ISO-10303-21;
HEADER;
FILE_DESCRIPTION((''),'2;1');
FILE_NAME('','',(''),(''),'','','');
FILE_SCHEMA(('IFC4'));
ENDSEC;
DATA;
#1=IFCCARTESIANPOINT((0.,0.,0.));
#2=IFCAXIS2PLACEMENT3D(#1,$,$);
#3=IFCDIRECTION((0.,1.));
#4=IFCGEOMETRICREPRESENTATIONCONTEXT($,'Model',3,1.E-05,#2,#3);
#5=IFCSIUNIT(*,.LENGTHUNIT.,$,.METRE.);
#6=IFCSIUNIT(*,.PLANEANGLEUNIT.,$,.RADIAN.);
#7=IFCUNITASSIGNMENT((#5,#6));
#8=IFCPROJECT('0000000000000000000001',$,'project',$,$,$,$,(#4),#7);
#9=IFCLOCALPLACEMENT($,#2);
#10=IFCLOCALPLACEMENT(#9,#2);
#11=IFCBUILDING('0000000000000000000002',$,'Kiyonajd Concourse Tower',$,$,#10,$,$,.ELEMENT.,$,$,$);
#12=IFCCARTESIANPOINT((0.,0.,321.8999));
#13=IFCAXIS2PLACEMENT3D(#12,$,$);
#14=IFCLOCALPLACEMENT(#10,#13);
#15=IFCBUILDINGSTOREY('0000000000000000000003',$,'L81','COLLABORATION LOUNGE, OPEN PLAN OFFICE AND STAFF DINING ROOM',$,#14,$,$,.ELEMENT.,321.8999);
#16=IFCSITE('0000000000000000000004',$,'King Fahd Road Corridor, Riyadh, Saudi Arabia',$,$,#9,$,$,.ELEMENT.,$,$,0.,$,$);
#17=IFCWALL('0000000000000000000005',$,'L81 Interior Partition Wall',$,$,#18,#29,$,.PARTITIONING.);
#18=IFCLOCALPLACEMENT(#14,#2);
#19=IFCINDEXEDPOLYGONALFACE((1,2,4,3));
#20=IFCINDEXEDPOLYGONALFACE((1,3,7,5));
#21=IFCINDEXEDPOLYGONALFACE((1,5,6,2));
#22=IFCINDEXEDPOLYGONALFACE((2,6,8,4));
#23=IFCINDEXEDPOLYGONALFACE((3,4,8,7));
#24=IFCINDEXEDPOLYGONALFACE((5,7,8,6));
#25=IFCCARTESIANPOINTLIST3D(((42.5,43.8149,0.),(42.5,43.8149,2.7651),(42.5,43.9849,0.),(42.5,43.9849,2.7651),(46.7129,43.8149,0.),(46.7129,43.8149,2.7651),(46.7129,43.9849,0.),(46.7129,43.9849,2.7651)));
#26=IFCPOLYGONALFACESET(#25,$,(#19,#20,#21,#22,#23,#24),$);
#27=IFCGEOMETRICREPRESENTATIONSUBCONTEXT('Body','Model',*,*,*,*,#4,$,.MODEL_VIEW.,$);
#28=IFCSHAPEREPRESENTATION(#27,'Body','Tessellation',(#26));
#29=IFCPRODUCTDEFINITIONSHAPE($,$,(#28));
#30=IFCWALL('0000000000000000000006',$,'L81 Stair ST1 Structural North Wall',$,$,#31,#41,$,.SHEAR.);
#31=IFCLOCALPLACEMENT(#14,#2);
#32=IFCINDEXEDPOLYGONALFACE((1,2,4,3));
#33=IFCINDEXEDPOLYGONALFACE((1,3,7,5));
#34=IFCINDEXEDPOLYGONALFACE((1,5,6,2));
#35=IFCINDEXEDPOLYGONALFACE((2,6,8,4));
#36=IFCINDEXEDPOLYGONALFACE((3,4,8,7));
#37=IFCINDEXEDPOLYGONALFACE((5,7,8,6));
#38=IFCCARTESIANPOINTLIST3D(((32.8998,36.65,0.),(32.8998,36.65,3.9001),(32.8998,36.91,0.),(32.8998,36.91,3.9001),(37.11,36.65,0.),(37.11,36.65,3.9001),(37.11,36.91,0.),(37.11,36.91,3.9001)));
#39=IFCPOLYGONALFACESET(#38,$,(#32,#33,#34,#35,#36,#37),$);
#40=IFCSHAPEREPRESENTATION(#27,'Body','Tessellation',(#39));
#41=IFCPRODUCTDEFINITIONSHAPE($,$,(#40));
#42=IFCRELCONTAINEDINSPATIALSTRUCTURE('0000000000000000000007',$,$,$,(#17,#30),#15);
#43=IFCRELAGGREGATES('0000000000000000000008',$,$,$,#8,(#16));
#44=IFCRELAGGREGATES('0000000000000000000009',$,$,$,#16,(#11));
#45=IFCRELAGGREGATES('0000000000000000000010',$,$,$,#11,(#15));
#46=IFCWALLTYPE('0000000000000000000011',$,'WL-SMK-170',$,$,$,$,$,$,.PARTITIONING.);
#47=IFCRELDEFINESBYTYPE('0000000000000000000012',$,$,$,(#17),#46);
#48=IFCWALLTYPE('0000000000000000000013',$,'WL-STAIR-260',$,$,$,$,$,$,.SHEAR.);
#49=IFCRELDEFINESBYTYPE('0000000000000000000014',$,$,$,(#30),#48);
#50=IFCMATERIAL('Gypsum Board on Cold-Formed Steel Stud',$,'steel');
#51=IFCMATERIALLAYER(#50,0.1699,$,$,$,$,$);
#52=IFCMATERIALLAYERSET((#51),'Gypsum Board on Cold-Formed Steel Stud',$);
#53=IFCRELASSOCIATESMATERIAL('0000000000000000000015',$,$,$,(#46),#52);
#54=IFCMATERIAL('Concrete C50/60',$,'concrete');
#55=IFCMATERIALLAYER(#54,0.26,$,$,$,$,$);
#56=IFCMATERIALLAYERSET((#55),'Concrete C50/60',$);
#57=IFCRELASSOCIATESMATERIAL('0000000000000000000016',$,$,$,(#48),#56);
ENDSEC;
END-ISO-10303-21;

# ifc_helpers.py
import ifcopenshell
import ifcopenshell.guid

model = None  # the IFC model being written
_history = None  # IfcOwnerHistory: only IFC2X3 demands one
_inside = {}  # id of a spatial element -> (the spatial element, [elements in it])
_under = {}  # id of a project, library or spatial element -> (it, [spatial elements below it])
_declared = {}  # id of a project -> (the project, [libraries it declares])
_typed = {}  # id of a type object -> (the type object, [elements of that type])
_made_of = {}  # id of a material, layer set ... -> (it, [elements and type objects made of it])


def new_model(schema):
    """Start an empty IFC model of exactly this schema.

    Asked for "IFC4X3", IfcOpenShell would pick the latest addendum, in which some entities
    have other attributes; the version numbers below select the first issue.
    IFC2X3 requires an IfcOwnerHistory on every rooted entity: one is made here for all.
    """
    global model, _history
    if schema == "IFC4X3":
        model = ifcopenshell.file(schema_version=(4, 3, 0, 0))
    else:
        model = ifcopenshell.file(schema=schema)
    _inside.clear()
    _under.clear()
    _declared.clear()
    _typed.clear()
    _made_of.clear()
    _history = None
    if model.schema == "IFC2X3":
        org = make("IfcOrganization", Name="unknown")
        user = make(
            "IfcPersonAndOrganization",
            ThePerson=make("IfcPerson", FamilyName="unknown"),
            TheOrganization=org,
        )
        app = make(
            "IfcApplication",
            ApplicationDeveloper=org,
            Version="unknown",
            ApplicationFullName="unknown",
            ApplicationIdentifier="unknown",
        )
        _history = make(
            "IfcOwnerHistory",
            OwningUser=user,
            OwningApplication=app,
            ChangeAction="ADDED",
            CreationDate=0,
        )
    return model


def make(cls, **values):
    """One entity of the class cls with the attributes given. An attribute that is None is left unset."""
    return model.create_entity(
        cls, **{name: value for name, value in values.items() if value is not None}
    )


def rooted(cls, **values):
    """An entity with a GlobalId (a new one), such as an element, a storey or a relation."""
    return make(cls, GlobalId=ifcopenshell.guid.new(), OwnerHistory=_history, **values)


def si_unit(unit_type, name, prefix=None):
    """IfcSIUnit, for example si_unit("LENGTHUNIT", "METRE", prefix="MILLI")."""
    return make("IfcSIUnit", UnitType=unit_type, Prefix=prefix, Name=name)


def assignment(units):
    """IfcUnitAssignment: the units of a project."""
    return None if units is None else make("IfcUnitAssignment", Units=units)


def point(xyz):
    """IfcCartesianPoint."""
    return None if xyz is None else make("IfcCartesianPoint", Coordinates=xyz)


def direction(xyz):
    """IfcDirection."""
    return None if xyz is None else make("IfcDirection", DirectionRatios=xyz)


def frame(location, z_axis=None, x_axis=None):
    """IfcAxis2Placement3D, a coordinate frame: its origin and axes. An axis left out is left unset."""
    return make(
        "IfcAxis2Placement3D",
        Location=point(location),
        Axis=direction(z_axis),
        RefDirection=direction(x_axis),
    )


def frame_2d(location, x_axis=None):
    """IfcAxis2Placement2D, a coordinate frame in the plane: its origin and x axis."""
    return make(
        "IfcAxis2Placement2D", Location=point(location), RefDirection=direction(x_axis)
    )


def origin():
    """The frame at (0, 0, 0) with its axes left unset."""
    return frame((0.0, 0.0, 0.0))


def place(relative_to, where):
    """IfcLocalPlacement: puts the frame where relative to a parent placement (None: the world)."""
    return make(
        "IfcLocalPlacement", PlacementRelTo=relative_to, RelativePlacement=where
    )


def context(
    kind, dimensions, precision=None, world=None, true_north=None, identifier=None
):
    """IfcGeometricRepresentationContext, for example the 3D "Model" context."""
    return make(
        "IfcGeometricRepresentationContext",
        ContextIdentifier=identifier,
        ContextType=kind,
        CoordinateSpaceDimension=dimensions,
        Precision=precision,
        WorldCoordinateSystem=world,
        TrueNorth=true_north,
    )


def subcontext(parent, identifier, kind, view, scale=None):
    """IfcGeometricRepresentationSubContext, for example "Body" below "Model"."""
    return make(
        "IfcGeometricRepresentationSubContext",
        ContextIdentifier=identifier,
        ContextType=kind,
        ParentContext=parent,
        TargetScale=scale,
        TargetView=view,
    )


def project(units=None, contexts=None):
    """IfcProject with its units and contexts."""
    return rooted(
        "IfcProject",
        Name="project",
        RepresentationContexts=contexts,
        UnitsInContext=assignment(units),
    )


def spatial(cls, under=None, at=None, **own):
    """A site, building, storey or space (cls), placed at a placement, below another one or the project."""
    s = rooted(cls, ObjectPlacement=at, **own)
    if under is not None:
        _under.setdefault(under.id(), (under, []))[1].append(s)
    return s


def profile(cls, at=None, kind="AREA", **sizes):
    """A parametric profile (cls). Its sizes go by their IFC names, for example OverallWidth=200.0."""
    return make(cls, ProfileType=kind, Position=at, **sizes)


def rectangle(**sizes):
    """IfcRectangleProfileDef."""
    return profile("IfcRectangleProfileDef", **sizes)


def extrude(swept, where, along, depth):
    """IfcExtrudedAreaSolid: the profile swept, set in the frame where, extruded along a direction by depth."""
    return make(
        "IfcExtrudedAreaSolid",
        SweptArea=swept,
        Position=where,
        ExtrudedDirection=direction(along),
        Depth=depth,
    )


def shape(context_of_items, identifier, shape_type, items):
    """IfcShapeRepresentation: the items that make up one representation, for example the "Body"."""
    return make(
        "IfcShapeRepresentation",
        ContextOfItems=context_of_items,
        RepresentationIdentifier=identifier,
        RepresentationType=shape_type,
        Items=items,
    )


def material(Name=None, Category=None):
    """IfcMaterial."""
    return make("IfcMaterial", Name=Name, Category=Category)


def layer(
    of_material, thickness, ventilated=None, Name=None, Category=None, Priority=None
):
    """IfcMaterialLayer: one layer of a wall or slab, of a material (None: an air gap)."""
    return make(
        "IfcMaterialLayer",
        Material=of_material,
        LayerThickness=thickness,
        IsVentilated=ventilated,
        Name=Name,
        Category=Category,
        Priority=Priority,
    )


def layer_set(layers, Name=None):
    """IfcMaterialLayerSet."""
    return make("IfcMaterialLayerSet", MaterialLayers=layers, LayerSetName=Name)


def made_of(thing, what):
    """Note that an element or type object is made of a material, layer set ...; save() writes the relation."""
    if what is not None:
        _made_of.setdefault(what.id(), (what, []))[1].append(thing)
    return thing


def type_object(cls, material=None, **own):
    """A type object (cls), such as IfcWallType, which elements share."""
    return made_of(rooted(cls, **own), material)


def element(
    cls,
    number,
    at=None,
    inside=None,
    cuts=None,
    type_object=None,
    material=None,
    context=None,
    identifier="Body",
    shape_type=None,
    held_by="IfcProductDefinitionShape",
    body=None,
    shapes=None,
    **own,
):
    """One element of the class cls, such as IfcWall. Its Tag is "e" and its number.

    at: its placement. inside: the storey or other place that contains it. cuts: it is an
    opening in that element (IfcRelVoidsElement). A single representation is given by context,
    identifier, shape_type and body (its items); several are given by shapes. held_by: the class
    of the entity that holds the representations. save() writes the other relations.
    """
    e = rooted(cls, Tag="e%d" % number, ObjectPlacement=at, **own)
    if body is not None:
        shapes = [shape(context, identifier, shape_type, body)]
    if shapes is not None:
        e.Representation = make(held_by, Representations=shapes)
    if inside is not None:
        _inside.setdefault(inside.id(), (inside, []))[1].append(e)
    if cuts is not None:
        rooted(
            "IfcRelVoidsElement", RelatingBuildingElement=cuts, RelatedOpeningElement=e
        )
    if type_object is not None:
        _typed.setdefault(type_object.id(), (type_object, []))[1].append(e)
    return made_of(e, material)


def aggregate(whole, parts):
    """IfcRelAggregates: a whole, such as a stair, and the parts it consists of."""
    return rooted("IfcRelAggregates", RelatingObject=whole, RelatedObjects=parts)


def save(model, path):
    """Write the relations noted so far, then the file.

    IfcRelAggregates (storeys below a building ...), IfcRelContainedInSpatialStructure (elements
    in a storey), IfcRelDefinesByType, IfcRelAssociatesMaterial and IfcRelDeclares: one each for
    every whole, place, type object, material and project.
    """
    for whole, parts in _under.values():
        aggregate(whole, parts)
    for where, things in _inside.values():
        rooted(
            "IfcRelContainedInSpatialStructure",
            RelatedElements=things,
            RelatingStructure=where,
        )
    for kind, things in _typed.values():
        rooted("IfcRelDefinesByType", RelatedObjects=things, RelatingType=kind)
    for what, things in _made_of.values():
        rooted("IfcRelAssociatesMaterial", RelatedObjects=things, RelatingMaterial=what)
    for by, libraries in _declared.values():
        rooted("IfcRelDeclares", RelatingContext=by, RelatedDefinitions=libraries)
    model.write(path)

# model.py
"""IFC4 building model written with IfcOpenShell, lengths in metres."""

from ifc_helpers import new_model, si_unit, direction, frame, frame_2d, origin, place, context, subcontext, project, spatial, rectangle, extrude, material, layer, layer_set, type_object, element, save


model = new_model("IFC4")

# Units and contexts
model_context = context("Model", 3, precision=1e-05, world=origin(), true_north=direction((0.0, 1.0)))
body_context = subcontext(model_context, "Body", "Model", "MODEL_VIEW")
ifc_project = project(units=[si_unit("LENGTHUNIT", "METRE"), si_unit("PLANEANGLEUNIT", "RADIAN")], contexts=[model_context])

# Site, building, storey
site_placement = place(None, origin())
site = spatial("IfcSite", under=ifc_project, at=site_placement, Name="King Fahd Road Corridor, Riyadh, Saudi Arabia", CompositionType="ELEMENT", RefElevation=0.0)
building_placement = place(site_placement, origin())
building = spatial("IfcBuilding", under=site, at=building_placement, Name="Kiyonajd Concourse Tower", CompositionType="ELEMENT")
storey_placement = place(building_placement, frame((0.0, 0.0, 321.8999)))
storey = spatial("IfcBuildingStorey", under=building, at=storey_placement, Name="L81", Description="COLLABORATION LOUNGE, OPEN PLAN OFFICE AND STAFF DINING ROOM", CompositionType="ELEMENT", Elevation=321.8999)

# Shared definitions
ifc_material_1 = material(Name="Gypsum Board on Cold-Formed Steel Stud", Category="steel")

# Shared definitions
ifc_layer_1 = layer(ifc_material_1, 0.1699)
ifc_layer_set_1 = layer_set([ifc_layer_1], Name="Gypsum Board on Cold-Formed Steel Stud")
wall_type_1 = type_object("IfcWallType", Name="WL-SMK-170", PredefinedType="PARTITIONING", material=ifc_layer_set_1)

# Walls
wall_1_placement = place(storey_placement, frame((42.5, 43.8999, 0.0), z_axis=(0.0, 0.0, 1.0), x_axis=(1.0, 0.0, 0.0)))
element("IfcWall", 1, at=wall_1_placement, inside=storey, type_object=wall_type_1, Name="L81 Interior Partition Wall", PredefinedType="PARTITIONING", context=body_context, shape_type="SweptSolid", body=[
    extrude(rectangle(XDim=4.2129, YDim=0.1699, at=frame_2d((2.1064, 0.0))), origin(), (0.0, 0.0, 1.0), 2.7651),
])
ifc_material_2 = material(Name="Concrete C50/60", Category="concrete")
ifc_layer_2 = layer(ifc_material_2, 0.26)
ifc_layer_set_2 = layer_set([ifc_layer_2], Name="Concrete C50/60")
wall_type_2 = type_object("IfcWallType", Name="WL-STAIR-260", PredefinedType="SHEAR", material=ifc_layer_set_2)
wall_2_placement = place(storey_placement, frame((32.8999, 36.78, 0.0), z_axis=(0.0, 0.0, 1.0), x_axis=(1.0, 0.0, 0.0)))
element("IfcWall", 2, at=wall_2_placement, inside=storey, type_object=wall_type_2, Name="L81 Stair ST1 Structural North Wall", PredefinedType="SHEAR", context=body_context, shape_type="SweptSolid", body=[
    extrude(rectangle(XDim=4.2102, YDim=0.26, at=frame_2d((2.105, 0.0))), origin(), (0.0, 0.0, 1.0), 3.9001),
])

save(model, "model.ifc")
